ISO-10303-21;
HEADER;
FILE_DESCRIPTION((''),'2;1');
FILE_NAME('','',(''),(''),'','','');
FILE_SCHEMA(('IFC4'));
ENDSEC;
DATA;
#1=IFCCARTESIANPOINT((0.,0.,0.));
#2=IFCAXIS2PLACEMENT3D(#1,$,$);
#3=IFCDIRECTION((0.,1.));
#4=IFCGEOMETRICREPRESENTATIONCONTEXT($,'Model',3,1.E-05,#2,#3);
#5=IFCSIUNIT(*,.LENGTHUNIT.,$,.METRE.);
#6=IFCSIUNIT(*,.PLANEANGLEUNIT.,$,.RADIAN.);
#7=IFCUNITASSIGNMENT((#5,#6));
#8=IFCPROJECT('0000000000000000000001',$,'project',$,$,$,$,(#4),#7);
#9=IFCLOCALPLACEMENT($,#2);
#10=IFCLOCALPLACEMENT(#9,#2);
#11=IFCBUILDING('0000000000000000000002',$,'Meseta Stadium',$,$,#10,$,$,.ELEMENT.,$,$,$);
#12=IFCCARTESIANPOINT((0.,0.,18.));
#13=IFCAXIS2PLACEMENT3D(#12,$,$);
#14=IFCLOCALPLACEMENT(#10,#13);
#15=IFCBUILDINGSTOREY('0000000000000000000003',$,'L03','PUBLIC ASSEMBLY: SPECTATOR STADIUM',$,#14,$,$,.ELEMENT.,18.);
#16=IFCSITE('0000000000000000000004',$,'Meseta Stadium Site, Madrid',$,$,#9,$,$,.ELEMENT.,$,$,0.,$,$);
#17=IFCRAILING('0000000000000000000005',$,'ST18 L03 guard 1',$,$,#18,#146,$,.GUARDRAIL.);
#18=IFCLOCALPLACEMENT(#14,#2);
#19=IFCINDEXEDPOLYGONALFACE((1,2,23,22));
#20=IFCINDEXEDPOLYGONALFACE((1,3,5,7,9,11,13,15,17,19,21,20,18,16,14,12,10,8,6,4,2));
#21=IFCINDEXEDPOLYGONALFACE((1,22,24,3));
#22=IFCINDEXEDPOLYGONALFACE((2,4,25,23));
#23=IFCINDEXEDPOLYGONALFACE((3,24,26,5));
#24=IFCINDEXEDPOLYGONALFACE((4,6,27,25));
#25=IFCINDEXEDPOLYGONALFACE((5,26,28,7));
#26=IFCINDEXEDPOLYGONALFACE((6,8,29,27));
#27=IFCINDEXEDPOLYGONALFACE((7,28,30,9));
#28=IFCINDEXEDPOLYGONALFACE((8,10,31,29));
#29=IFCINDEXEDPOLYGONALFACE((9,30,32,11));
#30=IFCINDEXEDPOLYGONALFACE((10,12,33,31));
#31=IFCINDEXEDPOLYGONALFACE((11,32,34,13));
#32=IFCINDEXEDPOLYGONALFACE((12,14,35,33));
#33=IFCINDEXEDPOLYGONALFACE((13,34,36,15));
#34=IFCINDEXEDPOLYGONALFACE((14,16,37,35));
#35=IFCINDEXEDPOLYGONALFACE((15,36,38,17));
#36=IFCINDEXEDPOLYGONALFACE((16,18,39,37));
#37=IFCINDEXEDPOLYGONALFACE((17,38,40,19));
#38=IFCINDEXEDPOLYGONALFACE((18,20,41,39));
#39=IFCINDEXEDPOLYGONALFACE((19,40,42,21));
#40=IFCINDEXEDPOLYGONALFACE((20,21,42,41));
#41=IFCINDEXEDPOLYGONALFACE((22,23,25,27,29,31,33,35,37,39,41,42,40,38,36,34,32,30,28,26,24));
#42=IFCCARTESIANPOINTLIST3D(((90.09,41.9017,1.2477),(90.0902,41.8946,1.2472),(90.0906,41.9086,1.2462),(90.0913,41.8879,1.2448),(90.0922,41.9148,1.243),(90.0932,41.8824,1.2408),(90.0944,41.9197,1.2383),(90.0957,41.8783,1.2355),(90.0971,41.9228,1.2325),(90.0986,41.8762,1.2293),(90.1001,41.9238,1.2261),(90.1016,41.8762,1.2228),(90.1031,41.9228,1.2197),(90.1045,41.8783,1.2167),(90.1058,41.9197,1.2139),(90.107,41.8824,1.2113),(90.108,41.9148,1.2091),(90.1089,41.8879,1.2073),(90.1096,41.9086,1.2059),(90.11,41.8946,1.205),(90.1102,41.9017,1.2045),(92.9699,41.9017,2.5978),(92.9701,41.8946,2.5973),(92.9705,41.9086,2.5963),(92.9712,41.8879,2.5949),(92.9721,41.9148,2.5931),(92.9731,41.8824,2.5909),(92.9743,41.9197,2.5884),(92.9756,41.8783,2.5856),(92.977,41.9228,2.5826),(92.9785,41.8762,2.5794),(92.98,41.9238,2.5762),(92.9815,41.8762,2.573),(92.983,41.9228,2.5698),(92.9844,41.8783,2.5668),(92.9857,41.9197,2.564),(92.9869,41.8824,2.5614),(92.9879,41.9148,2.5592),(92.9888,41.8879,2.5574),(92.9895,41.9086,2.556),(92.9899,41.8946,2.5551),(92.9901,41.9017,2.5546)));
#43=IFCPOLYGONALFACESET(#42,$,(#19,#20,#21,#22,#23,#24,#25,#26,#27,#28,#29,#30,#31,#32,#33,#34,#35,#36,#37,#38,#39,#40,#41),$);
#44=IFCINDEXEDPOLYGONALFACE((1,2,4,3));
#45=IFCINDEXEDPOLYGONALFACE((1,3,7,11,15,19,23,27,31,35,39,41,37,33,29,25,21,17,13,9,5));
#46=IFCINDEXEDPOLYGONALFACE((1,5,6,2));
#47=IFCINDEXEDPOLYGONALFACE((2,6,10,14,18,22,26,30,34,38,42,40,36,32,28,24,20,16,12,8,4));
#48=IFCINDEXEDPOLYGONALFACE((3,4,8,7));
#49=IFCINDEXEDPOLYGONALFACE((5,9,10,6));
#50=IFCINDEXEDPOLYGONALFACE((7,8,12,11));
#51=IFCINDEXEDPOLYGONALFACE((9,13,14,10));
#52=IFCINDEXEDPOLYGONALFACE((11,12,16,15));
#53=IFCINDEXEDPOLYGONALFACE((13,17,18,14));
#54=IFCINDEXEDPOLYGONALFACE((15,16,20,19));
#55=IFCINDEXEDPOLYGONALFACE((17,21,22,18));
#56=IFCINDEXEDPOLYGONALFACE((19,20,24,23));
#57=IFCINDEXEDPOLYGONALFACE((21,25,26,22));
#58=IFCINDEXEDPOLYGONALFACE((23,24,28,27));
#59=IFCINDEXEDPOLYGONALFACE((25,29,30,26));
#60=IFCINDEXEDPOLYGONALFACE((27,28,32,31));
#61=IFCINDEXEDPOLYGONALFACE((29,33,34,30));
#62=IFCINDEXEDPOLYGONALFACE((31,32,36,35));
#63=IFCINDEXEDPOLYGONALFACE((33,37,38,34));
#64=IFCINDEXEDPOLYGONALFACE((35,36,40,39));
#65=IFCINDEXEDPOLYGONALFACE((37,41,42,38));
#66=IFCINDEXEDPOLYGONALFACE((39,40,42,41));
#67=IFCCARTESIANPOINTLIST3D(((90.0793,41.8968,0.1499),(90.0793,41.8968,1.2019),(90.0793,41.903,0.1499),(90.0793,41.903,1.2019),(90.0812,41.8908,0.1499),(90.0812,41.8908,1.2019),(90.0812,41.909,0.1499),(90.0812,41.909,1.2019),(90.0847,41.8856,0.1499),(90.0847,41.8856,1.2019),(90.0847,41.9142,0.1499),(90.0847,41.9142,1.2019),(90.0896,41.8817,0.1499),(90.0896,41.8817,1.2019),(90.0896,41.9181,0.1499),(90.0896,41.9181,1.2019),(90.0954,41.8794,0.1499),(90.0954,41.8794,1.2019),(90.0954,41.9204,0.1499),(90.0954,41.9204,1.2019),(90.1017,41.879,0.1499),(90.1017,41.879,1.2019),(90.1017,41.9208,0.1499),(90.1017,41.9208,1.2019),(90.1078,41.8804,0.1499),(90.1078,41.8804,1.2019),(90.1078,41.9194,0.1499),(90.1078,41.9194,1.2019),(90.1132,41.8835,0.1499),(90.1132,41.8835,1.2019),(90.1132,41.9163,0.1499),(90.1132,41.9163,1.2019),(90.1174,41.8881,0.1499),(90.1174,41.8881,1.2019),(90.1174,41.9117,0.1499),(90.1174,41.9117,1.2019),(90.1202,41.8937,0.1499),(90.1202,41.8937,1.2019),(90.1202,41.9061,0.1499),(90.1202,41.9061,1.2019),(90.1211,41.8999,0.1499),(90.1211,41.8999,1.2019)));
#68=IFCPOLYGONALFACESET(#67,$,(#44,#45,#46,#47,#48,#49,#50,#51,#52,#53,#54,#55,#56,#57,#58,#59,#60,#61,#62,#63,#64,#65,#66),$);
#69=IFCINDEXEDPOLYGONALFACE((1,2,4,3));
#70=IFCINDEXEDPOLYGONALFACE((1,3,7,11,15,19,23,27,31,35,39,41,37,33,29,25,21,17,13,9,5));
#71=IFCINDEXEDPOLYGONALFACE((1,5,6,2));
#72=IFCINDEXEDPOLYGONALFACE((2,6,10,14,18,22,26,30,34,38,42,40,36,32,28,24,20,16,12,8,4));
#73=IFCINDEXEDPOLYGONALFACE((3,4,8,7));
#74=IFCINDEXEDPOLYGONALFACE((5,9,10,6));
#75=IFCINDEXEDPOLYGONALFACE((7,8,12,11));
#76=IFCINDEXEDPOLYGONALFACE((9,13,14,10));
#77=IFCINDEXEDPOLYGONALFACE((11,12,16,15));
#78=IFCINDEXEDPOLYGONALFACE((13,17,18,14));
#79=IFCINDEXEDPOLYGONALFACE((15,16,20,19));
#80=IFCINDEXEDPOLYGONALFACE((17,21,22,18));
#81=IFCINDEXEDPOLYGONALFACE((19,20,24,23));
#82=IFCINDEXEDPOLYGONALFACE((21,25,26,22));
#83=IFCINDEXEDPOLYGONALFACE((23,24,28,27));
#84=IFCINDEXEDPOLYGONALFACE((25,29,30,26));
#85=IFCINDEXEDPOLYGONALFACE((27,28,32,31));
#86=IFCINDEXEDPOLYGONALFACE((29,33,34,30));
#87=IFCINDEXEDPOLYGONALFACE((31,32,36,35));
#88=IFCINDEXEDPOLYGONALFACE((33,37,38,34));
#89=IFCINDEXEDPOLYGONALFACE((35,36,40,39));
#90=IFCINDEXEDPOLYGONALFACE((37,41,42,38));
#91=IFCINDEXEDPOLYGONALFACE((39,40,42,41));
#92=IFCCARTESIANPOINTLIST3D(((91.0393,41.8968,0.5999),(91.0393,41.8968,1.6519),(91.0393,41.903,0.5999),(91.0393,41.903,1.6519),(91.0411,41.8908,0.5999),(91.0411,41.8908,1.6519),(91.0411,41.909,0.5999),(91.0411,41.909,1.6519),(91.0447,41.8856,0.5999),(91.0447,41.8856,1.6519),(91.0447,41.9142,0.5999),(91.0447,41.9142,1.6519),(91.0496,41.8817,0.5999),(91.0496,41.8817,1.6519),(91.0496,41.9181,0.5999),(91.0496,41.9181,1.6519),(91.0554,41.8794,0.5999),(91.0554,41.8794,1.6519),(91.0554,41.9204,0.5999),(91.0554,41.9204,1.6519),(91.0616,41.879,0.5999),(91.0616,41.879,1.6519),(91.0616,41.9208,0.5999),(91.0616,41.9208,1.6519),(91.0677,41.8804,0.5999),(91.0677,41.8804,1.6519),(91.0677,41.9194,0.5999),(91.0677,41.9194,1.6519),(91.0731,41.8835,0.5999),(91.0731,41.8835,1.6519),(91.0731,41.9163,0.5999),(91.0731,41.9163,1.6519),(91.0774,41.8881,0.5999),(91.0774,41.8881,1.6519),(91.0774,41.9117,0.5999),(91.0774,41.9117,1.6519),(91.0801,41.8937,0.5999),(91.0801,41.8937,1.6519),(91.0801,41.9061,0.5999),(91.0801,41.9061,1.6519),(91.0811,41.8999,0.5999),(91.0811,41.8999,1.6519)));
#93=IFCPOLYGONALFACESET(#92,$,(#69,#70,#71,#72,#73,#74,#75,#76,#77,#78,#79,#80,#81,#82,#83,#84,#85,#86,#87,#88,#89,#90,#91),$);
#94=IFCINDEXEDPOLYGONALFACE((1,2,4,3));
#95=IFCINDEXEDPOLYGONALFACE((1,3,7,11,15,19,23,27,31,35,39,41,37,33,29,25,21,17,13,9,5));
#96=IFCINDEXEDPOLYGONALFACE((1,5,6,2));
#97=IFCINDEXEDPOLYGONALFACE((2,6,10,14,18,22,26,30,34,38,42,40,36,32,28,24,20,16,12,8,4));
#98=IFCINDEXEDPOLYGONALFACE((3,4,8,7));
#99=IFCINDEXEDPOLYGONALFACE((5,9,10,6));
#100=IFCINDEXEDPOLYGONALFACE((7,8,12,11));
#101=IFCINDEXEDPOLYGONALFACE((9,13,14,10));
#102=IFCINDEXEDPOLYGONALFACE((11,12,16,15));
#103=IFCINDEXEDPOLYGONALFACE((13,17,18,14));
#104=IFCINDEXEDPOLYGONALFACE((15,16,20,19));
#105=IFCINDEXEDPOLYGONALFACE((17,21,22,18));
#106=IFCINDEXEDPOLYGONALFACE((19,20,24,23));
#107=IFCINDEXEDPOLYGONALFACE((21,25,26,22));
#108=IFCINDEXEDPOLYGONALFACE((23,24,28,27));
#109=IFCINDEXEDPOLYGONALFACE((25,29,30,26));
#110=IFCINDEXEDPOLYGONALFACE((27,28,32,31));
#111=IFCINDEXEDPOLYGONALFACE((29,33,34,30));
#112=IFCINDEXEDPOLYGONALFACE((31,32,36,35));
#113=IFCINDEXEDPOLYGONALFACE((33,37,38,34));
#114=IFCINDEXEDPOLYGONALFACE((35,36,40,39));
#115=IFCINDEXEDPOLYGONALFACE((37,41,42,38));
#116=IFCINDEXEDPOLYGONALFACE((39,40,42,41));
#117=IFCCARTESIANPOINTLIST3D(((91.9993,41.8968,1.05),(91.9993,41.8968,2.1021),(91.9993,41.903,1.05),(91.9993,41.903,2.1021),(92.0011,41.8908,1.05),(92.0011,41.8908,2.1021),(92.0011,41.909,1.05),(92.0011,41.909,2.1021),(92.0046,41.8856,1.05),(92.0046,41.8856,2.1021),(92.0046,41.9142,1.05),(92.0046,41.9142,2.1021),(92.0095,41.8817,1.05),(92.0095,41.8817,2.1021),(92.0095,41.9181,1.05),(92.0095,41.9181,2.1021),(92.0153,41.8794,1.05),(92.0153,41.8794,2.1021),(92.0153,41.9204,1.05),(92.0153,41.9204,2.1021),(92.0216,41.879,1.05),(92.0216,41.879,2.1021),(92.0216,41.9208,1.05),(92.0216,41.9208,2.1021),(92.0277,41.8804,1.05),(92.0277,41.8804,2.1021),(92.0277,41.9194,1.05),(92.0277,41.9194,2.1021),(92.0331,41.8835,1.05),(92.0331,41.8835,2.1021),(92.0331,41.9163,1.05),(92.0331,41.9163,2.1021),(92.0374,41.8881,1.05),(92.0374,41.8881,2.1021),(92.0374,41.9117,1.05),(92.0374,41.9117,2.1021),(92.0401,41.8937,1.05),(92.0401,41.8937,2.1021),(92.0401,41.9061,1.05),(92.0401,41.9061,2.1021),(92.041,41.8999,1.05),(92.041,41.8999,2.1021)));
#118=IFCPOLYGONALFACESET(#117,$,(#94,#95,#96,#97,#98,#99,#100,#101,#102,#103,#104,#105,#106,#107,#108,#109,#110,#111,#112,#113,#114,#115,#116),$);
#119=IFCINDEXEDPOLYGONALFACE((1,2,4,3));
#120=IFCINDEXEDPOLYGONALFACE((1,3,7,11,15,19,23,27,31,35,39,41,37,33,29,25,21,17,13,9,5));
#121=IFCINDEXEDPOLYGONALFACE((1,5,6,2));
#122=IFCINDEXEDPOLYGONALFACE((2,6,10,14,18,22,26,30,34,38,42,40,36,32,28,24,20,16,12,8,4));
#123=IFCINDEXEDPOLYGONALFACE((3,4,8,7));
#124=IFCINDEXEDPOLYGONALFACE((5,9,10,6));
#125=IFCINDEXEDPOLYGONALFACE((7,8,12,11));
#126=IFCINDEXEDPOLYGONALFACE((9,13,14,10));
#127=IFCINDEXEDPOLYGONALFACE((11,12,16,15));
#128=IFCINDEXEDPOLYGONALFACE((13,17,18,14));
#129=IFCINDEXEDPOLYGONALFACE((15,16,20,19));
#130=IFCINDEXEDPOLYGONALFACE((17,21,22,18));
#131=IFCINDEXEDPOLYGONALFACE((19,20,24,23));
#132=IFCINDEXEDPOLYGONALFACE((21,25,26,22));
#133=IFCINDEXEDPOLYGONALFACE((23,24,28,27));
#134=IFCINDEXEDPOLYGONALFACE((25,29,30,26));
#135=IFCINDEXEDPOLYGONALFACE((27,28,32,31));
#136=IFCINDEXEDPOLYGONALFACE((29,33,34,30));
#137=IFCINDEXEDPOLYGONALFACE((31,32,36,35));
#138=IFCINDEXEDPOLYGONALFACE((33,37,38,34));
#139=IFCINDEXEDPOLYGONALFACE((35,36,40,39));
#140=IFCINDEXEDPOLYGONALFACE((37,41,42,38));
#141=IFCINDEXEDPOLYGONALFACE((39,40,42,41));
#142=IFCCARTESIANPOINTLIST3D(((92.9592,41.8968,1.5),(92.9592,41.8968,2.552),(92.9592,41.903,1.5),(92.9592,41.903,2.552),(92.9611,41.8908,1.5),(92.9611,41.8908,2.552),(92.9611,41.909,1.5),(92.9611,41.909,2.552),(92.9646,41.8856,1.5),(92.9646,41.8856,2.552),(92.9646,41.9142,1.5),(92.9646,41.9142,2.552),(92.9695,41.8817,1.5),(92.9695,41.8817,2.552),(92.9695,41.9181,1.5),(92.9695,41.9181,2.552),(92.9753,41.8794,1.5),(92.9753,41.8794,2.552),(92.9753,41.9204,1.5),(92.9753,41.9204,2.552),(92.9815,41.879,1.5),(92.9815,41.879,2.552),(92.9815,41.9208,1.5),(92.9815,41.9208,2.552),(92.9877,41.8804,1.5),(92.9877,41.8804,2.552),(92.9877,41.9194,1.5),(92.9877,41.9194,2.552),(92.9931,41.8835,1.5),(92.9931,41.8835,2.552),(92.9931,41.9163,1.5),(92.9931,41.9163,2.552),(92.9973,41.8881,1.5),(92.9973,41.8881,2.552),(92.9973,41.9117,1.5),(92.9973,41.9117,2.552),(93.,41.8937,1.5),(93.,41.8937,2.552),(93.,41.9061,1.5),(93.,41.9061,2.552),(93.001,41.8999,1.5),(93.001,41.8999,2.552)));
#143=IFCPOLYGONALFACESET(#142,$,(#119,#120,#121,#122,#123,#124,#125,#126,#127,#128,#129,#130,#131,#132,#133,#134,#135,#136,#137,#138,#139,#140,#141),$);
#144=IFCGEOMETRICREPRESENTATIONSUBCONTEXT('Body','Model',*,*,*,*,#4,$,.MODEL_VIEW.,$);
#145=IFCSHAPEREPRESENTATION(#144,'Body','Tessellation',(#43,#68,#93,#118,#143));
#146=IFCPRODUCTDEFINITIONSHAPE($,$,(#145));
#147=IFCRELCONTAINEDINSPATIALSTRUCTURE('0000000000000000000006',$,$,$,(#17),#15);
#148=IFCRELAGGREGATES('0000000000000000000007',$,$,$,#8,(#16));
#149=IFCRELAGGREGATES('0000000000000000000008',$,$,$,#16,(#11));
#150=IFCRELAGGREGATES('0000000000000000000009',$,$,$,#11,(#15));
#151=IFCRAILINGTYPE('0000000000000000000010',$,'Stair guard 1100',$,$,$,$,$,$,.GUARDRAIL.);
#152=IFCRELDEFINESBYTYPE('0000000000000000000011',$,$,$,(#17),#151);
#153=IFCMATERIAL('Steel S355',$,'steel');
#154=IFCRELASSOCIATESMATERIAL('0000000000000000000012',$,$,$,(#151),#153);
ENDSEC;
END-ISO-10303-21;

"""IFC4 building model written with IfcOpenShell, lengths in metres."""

from ifc_helpers import new_model, si_unit, direction, frame, origin, origin_2d, place, context, subcontext, project, spatial, circle, extrude, material, type_object, element, save


model = new_model("IFC4")

# Units and contexts
model_context = context("Model", 3, precision=1e-05, world=origin(), true_north=direction((0.0, 1.0)))
body_context = subcontext(model_context, "Body", "Model", "MODEL_VIEW")
ifc_project = project(units=[si_unit("LENGTHUNIT", "METRE"), si_unit("PLANEANGLEUNIT", "RADIAN")], contexts=[model_context])

# Site, building, storey
site_placement = place(None, origin())
site = spatial("IfcSite", under=ifc_project, at=site_placement, Name="Meseta Stadium Site, Madrid", CompositionType="ELEMENT", RefElevation=0.0)
building_placement = place(site_placement, origin())
building = spatial("IfcBuilding", under=site, at=building_placement, Name="Meseta Stadium", CompositionType="ELEMENT")
storey_placement = place(building_placement, frame((0.0, 0.0, 18.0)))
storey = spatial("IfcBuildingStorey", under=building, at=storey_placement, Name="L03", Description="PUBLIC ASSEMBLY: SPECTATOR STADIUM", CompositionType="ELEMENT", Elevation=18.0)

# Railing
ifc_material_1 = material(Name="Steel S355", Category="steel")
railing_type_1 = type_object("IfcRailingType", Name="Stair guard 1100", PredefinedType="GUARDRAIL", material=ifc_material_1)
railing_1_placement = place(storey_placement, frame((90.1001, 41.8999, 0.1499)))
element("IfcRailing", 1, at=railing_1_placement, inside=storey, type_object=railing_type_1, Name="ST18 L03 guard 1", PredefinedType="GUARDRAIL", context=body_context, shape_type="SweptSolid", body=[
    extrude(circle(Radius=0.0239, at=origin_2d()), frame((0.0, 0.0, 1.0762), z_axis=(0.90544, 0.0, 0.424473), x_axis=(0.0, 1.0, 0.0)), (0.0, 0.0, 1.0), 3.1807),
    extrude(circle(Radius=0.021, at=origin_2d()), origin(), (0.0, 0.0, 1.0), 1.052),
    extrude(circle(Radius=0.021, at=origin_2d()), frame((0.96, 0.0, 0.45)), (0.0, 0.0, 1.0), 1.052),
    extrude(circle(Radius=0.021, at=origin_2d()), frame((1.9199, 0.0, 0.9001)), (0.0, 0.0, 1.0), 1.052),
    extrude(circle(Radius=0.021, at=origin_2d()), frame((2.8799, 0.0, 1.3501)), (0.0, 0.0, 1.0), 1.052),
])

save(model, "model.ifc")
